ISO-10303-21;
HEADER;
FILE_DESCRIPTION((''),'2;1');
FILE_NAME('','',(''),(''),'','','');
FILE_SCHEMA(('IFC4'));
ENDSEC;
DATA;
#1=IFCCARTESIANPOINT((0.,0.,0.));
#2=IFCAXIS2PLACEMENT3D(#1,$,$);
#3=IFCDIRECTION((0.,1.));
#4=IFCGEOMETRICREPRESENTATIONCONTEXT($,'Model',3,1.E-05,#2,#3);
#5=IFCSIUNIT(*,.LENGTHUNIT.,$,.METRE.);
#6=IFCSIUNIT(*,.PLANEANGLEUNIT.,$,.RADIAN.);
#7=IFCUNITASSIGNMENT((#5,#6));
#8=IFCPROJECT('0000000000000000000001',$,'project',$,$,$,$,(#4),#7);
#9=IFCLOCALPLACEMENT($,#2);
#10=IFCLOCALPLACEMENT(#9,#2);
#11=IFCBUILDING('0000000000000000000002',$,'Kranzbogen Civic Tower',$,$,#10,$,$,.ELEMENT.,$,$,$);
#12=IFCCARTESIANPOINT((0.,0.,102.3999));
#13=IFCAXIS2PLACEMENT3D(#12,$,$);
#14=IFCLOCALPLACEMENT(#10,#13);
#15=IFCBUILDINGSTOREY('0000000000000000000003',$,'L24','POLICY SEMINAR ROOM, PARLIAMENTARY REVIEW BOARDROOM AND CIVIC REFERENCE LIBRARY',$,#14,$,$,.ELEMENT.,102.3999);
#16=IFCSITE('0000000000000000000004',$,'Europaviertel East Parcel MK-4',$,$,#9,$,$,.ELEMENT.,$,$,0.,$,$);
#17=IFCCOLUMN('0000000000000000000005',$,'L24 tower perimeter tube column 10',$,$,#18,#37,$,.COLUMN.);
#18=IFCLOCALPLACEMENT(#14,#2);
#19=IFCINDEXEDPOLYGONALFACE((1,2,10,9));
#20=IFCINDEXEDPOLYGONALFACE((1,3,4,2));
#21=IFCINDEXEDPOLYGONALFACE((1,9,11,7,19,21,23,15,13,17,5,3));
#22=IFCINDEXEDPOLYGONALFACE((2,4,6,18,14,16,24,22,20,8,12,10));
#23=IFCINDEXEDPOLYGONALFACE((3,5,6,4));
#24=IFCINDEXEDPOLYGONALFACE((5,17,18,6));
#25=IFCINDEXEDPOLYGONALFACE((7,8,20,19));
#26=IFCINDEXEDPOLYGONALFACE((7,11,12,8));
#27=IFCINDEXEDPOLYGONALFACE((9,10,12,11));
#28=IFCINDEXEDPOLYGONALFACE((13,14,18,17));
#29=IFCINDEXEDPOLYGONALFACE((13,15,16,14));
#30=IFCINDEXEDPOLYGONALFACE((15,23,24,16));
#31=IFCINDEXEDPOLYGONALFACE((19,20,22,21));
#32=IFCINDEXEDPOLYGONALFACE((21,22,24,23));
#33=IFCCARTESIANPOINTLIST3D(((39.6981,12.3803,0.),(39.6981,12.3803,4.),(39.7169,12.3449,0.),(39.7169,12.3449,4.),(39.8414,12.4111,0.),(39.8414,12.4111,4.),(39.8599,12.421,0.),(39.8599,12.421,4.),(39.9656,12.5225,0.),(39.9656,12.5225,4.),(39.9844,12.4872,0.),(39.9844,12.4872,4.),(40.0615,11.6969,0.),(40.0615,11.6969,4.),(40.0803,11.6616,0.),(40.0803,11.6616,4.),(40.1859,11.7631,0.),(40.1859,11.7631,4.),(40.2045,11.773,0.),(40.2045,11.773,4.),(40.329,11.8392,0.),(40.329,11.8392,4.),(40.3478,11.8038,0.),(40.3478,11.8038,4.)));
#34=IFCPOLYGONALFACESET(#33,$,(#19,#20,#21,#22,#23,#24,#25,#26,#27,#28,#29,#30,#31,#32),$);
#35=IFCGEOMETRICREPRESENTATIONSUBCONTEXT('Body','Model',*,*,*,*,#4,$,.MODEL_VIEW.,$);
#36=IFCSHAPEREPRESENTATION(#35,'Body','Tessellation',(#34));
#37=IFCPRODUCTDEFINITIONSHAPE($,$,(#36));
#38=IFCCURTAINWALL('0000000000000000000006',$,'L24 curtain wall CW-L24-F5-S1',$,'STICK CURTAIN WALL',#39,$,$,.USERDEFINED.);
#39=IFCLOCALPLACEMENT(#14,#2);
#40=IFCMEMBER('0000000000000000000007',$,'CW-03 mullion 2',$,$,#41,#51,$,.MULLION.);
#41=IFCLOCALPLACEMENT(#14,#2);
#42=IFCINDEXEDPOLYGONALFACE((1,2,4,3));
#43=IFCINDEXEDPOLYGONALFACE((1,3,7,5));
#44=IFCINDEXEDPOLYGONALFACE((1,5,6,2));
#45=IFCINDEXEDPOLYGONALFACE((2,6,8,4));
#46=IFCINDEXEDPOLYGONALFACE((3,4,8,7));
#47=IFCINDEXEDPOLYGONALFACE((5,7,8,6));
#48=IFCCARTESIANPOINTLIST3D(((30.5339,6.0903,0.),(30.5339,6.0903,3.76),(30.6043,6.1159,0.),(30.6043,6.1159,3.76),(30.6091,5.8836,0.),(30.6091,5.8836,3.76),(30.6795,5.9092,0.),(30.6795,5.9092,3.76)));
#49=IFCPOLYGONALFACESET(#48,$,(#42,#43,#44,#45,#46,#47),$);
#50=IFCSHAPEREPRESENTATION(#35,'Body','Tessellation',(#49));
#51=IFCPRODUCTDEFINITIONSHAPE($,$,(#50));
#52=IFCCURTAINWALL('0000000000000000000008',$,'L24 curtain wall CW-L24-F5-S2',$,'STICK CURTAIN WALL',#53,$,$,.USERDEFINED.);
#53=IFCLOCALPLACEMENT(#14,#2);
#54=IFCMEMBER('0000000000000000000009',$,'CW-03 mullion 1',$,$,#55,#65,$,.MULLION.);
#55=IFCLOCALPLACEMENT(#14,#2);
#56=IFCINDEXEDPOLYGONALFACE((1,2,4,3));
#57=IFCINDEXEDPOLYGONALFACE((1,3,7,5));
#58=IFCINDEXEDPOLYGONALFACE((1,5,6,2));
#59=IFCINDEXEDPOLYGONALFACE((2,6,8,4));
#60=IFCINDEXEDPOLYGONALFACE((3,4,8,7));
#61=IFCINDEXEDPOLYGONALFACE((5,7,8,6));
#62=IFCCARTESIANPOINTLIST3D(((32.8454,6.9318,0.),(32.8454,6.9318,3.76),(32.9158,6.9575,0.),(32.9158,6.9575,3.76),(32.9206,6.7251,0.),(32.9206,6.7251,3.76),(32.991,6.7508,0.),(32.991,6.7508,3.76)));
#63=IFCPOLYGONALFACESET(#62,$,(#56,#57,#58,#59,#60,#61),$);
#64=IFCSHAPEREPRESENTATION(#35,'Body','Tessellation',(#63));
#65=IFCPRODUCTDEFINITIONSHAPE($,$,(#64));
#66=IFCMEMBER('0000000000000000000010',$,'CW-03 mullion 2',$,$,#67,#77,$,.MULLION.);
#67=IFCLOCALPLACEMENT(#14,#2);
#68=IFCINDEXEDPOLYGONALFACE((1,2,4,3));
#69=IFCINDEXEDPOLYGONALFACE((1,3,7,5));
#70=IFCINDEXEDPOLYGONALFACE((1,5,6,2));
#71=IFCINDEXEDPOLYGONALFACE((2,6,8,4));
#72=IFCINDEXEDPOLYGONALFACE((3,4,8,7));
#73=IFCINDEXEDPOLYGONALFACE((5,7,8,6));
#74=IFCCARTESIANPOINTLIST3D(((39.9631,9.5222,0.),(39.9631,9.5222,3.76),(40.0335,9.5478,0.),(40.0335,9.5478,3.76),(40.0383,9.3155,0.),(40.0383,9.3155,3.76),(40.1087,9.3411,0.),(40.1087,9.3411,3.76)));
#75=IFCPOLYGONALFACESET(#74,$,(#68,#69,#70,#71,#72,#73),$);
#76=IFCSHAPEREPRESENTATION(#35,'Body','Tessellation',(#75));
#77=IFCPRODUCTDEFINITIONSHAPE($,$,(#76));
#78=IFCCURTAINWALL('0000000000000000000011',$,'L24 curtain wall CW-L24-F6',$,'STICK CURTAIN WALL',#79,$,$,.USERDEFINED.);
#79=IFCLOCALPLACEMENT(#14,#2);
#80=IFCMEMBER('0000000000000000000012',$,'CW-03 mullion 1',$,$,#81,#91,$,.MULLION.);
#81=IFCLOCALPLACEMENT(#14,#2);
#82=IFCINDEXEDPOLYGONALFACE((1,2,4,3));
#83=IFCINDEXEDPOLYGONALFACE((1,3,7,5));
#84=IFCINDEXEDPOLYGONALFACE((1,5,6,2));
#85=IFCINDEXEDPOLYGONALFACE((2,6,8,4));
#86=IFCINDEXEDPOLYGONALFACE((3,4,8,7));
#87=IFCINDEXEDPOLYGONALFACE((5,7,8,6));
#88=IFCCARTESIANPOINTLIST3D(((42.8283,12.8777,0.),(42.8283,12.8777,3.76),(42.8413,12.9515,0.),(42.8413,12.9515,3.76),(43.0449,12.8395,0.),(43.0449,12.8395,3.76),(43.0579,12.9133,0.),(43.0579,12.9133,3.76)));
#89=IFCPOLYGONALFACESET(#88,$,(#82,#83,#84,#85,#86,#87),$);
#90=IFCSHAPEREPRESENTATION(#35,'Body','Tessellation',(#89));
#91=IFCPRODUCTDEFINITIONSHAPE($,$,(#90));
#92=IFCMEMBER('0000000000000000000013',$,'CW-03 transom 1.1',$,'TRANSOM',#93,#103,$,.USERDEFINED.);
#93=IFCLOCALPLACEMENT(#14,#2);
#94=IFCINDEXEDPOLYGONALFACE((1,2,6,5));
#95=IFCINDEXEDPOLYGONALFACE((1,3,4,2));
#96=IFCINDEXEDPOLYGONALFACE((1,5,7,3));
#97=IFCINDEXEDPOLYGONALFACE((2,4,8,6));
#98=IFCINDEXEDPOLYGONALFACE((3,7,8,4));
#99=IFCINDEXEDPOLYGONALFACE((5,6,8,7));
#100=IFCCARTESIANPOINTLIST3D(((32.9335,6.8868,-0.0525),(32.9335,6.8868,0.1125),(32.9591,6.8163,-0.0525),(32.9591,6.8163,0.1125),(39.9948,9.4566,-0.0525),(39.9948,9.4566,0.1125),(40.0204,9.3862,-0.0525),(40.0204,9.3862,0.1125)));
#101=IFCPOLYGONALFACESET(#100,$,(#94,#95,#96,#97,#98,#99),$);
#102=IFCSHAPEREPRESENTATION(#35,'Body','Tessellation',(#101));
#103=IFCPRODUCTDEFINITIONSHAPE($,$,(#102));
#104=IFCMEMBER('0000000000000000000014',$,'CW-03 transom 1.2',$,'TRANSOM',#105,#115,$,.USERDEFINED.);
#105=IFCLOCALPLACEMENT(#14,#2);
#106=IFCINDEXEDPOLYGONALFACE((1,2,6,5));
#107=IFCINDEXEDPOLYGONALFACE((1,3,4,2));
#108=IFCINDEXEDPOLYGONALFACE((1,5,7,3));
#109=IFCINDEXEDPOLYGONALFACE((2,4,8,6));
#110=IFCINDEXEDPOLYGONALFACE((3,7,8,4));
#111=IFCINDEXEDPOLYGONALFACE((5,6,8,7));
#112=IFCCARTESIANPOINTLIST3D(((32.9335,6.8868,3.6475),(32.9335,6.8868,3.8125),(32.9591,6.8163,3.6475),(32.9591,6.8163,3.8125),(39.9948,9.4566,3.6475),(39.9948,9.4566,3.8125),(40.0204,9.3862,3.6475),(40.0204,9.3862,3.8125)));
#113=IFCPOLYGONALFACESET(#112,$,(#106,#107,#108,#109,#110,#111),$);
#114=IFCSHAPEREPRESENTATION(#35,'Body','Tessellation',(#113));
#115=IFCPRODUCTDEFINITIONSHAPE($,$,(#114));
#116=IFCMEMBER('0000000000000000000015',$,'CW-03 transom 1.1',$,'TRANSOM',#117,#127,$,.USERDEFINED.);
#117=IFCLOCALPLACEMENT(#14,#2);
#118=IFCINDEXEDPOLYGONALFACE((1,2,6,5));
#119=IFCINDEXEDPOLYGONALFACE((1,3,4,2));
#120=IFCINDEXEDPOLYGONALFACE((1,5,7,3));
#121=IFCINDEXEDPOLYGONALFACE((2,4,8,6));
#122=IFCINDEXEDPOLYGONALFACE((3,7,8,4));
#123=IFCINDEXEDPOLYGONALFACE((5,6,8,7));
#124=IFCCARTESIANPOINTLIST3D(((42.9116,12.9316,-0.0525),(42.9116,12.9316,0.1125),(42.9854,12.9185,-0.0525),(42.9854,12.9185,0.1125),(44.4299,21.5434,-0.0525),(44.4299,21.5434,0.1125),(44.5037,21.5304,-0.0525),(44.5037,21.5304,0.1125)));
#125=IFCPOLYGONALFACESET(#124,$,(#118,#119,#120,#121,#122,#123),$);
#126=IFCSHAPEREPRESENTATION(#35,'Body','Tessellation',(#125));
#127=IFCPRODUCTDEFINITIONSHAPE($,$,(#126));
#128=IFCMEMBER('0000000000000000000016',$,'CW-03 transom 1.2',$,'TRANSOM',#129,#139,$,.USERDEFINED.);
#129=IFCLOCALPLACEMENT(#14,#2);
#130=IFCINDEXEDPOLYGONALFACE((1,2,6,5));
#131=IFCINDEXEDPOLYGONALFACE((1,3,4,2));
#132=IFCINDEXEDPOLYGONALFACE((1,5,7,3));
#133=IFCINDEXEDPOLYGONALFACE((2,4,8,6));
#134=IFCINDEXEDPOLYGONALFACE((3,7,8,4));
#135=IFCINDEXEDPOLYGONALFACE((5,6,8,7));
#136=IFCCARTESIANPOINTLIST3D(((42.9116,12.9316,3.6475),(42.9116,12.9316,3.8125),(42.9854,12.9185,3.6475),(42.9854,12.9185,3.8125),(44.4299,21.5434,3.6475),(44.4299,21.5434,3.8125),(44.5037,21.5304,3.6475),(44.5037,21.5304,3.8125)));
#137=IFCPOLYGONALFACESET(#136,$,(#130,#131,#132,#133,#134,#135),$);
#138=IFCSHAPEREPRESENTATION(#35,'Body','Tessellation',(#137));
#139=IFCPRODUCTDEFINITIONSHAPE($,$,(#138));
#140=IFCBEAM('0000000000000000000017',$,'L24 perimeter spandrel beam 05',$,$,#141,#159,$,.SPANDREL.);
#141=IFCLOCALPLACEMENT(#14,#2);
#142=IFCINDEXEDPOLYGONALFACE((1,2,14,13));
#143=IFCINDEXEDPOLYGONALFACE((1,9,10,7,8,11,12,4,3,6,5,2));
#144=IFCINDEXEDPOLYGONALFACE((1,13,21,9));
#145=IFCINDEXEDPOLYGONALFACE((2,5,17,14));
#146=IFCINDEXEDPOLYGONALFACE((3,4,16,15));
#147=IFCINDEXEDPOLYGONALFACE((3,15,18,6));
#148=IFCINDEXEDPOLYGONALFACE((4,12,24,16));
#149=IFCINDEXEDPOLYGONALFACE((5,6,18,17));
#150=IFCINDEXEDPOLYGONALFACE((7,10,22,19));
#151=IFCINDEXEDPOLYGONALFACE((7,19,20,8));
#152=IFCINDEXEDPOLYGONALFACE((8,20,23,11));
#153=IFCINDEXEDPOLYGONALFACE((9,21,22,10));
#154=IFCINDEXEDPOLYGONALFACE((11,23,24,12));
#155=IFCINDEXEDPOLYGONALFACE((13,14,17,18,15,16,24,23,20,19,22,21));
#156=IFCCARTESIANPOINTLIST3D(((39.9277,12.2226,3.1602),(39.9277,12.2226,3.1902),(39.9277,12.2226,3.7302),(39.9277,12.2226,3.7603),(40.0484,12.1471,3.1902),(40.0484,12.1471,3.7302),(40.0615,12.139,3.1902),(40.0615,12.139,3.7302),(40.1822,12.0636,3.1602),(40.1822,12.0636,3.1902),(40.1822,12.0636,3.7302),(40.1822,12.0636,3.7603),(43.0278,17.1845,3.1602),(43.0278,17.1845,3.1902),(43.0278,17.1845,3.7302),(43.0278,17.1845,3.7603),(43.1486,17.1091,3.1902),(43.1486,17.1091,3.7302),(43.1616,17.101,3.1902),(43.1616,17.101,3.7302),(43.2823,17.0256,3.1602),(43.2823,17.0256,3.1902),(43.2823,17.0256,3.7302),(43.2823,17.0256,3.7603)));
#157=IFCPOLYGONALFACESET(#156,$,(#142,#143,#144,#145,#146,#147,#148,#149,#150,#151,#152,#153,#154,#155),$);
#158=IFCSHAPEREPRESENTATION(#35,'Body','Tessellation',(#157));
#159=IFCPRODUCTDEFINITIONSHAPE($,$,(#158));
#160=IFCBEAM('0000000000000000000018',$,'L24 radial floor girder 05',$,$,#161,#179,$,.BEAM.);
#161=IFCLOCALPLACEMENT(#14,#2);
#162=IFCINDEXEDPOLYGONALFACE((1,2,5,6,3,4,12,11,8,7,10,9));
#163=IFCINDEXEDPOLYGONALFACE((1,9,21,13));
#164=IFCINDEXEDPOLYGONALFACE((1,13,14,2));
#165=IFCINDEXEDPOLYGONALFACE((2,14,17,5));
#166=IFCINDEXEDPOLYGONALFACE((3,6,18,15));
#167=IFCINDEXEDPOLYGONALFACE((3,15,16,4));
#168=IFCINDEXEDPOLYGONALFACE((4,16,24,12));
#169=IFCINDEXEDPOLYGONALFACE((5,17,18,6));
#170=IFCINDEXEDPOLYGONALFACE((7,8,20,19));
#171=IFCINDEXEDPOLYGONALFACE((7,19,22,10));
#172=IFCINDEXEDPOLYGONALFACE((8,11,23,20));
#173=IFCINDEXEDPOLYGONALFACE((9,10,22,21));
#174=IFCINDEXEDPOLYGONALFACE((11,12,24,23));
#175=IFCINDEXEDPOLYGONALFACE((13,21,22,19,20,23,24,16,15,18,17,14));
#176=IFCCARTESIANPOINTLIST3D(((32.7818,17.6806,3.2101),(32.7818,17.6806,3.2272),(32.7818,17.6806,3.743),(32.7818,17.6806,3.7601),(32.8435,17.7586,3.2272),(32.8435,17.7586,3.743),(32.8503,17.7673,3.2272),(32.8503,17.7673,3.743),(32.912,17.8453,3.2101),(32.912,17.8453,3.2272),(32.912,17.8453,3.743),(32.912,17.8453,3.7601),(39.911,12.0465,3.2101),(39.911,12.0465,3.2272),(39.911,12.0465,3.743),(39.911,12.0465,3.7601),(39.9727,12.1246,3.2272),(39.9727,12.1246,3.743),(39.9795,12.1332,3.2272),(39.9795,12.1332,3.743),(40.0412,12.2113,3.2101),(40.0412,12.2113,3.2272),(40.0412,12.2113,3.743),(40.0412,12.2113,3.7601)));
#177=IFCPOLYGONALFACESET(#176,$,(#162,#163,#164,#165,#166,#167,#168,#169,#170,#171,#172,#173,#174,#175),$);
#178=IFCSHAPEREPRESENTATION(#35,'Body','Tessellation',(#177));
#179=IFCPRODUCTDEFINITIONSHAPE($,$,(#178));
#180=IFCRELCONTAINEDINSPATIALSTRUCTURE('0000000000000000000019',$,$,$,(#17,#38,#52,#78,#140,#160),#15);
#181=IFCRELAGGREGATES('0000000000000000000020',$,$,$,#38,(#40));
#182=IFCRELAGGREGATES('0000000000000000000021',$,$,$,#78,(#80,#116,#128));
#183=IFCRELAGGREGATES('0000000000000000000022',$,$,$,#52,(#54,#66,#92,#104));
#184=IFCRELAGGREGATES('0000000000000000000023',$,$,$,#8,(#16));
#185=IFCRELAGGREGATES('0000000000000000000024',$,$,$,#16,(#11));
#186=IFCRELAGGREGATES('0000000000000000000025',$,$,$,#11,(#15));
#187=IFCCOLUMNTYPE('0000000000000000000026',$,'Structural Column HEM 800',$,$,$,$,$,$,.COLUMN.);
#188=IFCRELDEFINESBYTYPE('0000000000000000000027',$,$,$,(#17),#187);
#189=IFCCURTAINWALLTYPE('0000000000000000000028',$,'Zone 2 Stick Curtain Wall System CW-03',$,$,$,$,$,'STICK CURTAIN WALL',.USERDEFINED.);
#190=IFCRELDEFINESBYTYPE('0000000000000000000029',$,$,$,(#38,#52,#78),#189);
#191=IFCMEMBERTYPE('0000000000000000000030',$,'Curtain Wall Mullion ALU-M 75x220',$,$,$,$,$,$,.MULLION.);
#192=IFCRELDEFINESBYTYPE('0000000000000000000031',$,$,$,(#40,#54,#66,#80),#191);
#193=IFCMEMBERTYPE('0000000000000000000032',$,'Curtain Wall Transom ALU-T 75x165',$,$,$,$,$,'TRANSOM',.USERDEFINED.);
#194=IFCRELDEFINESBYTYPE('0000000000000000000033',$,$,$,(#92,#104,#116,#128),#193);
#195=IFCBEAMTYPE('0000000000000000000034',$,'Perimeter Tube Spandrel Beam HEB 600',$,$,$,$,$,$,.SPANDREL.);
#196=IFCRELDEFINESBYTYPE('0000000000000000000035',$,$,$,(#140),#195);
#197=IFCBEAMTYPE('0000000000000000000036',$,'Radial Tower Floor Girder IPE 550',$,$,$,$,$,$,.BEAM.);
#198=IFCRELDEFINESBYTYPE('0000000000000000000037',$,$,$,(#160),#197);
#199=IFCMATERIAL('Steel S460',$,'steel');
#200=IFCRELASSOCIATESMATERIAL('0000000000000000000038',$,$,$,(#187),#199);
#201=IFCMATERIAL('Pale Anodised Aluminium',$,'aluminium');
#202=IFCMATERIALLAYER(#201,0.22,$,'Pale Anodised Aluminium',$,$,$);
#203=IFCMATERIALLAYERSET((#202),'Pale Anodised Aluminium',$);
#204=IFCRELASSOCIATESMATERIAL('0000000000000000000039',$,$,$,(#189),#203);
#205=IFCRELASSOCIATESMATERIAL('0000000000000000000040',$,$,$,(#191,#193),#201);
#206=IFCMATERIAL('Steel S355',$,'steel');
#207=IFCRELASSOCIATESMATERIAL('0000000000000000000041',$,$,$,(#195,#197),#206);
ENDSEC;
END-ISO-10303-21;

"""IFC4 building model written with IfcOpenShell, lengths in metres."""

from ifc_helpers import new_model, si_unit, direction, frame, origin, origin_2d, place, context, subcontext, project, spatial, rectangle, i_section, extrude, material, layer, layer_set, material_profile, profile_set, type_object, element, aggregate, save


model = new_model("IFC4")

# Units and contexts
model_context = context("Model", 3, precision=1e-05, world=origin(), true_north=direction((0.0, 1.0)))
body_context = subcontext(model_context, "Body", "Model", "MODEL_VIEW")
ifc_project = project(units=[si_unit("LENGTHUNIT", "METRE"), si_unit("PLANEANGLEUNIT", "RADIAN")], contexts=[model_context])

# Site, building, storey
site_placement = place(None, origin())
site = spatial("IfcSite", under=ifc_project, at=site_placement, Name="Europaviertel East Parcel MK-4", CompositionType="ELEMENT", RefElevation=0.0)
building_placement = place(site_placement, origin())
building = spatial("IfcBuilding", under=site, at=building_placement, Name="Kranzbogen Civic Tower", CompositionType="ELEMENT")
storey_placement = place(building_placement, frame((0.0, 0.0, 102.3999)))
storey = spatial("IfcBuildingStorey", under=building, at=storey_placement, Name="L24", Description="POLICY SEMINAR ROOM, PARLIAMENTARY REVIEW BOARDROOM AND CIVIC REFERENCE LIBRARY", CompositionType="ELEMENT", Elevation=102.3999)

# Column
ifc_material_1 = material(Name="Steel S460", Category="steel")
ifc_material_profile_1 = material_profile(ifc_material_1, i_section(OverallWidth=0.303, OverallDepth=0.814, WebThickness=0.021, FlangeThickness=0.04, at=origin_2d()), Name="HEM 800")
ifc_profile_set_1 = profile_set([ifc_material_profile_1], Name="Steel S460")
column_type = type_object("IfcColumnType", Name="Structural Column HEM 800", PredefinedType="COLUMN", material=ifc_profile_set_1)
column_placement = place(storey_placement, frame((40.0229, 12.092, 0.0), z_axis=(0.0, 0.0, 1.0), x_axis=(0.882948, 0.469472, 0.0)))
element("IfcColumn", 1, at=column_placement, inside=storey, type_object=column_type, Name="L24 tower perimeter tube column 10", PredefinedType="COLUMN", context=body_context, shape_type="SweptSolid", body=[
    extrude(i_section(OverallWidth=0.303, OverallDepth=0.814, WebThickness=0.021, FlangeThickness=0.04, at=origin_2d()), origin(), (0.0, 0.0, 1.0), 4.0),
])

# Curtain wall, member
ifc_material_2 = material(Name="Pale Anodised Aluminium", Category="aluminium")
ifc_layer_1 = layer(ifc_material_2, 0.22, Name="Pale Anodised Aluminium")
ifc_layer_set_1 = layer_set([ifc_layer_1], Name="Pale Anodised Aluminium")
curtain_wall_type = type_object("IfcCurtainWallType", Name="Zone 2 Stick Curtain Wall System CW-03", ElementType="STICK CURTAIN WALL", PredefinedType="USERDEFINED", material=ifc_layer_set_1)
curtain_wall_1_placement = place(storey_placement, origin())
curtain_wall_1 = element("IfcCurtainWall", 2, at=curtain_wall_1_placement, inside=storey, type_object=curtain_wall_type, Name="L24 curtain wall CW-L24-F5-S1", ObjectType="STICK CURTAIN WALL", PredefinedType="USERDEFINED")
ifc_material_profile_2 = material_profile(ifc_material_2, rectangle(XDim=0.075, YDim=0.22, at=origin_2d()), Name="ALU-M 75x220")
ifc_profile_set_2 = profile_set([ifc_material_profile_2], Name="Pale Anodised Aluminium")
member_type_1 = type_object("IfcMemberType", Name="Curtain Wall Mullion ALU-M 75x220", PredefinedType="MULLION", material=ifc_profile_set_2)
member_1_placement = place(storey_placement, frame((30.6067, 5.9998, 0.0), z_axis=(0.0, 0.0, 1.0), x_axis=(0.939698, 0.342006, 0.0)))
member_1 = element("IfcMember", 3, at=member_1_placement, type_object=member_type_1, Name="CW-03 mullion 2", PredefinedType="MULLION", context=body_context, shape_type="SweptSolid", body=[
    extrude(rectangle(XDim=0.075, YDim=0.22, at=origin_2d()), origin(), (0.0, 0.0, 1.0), 3.76),
])
aggregate(curtain_wall_1, [member_1])

# Curtain wall, members
curtain_wall_2_placement = place(storey_placement, origin())
curtain_wall_2 = element("IfcCurtainWall", 4, at=curtain_wall_2_placement, inside=storey, type_object=curtain_wall_type, Name="L24 curtain wall CW-L24-F5-S2", ObjectType="STICK CURTAIN WALL", PredefinedType="USERDEFINED")
member_2_placement = place(storey_placement, frame((32.9182, 6.8413, 0.0), z_axis=(0.0, 0.0, 1.0), x_axis=(0.939698, 0.342006, 0.0)))
member_2 = element("IfcMember", 5, at=member_2_placement, type_object=member_type_1, Name="CW-03 mullion 1", PredefinedType="MULLION", context=body_context, shape_type="SweptSolid", body=[
    extrude(rectangle(XDim=0.075, YDim=0.22, at=origin_2d()), origin(), (0.0, 0.0, 1.0), 3.76),
])
member_3_placement = place(storey_placement, frame((40.0359, 9.4316, 0.0), z_axis=(0.0, 0.0, 1.0), x_axis=(0.939698, 0.342006, 0.0)))
member_3 = element("IfcMember", 6, at=member_3_placement, type_object=member_type_1, Name="CW-03 mullion 2", PredefinedType="MULLION", context=body_context, shape_type="SweptSolid", body=[
    extrude(rectangle(XDim=0.075, YDim=0.22, at=origin_2d()), origin(), (0.0, 0.0, 1.0), 3.76),
])

# Curtain wall, member
curtain_wall_3_placement = place(storey_placement, origin())
curtain_wall_3 = element("IfcCurtainWall", 7, at=curtain_wall_3_placement, inside=storey, type_object=curtain_wall_type, Name="L24 curtain wall CW-L24-F6", ObjectType="STICK CURTAIN WALL", PredefinedType="USERDEFINED")
member_4_placement = place(storey_placement, frame((42.9431, 12.8955, 0.0), z_axis=(0.0, 0.0, 1.0), x_axis=(0.173634, 0.98481, 0.0)))
member_4 = element("IfcMember", 8, at=member_4_placement, type_object=member_type_1, Name="CW-03 mullion 1", PredefinedType="MULLION", context=body_context, shape_type="SweptSolid", body=[
    extrude(rectangle(XDim=0.075, YDim=0.22, at=origin_2d()), origin(), (0.0, 0.0, 1.0), 3.76),
])

# Members
ifc_material_profile_3 = material_profile(ifc_material_2, rectangle(XDim=0.075, YDim=0.165, at=origin_2d()), Name="ALU-T 75x165")
ifc_profile_set_3 = profile_set([ifc_material_profile_3], Name="Pale Anodised Aluminium")
member_type_2 = type_object("IfcMemberType", Name="Curtain Wall Transom ALU-T 75x165", ElementType="TRANSOM", PredefinedType="USERDEFINED", material=ifc_profile_set_3)
member_5_placement = place(storey_placement, frame((32.9463, 6.8516, 0.03), z_axis=(0.939704, 0.341988, 0.0), x_axis=(-0.341988, 0.939704, 0.0)))
member_5 = element("IfcMember", 9, at=member_5_placement, type_object=member_type_2, Name="CW-03 transom 1.1", ObjectType="TRANSOM", PredefinedType="USERDEFINED", context=body_context, shape_type="SweptSolid", body=[
    extrude(rectangle(XDim=0.075, YDim=0.165, at=origin_2d()), origin(), (0.0, 0.0, 1.0), 7.5144),
])
member_6_placement = place(storey_placement, frame((32.9463, 6.8516, 3.73), z_axis=(0.939704, 0.341988, 0.0), x_axis=(-0.341988, 0.939704, 0.0)))
member_6 = element("IfcMember", 10, at=member_6_placement, type_object=member_type_2, Name="CW-03 transom 1.2", ObjectType="TRANSOM", PredefinedType="USERDEFINED", context=body_context, shape_type="SweptSolid", body=[
    extrude(rectangle(XDim=0.075, YDim=0.165, at=origin_2d()), origin(), (0.0, 0.0, 1.0), 7.5144),
])
member_7_placement = place(storey_placement, frame((42.9485, 12.925, 0.03), z_axis=(0.173628, 0.984811, 0.0), x_axis=(-0.984811, 0.173628, 0.0)))
member_7 = element("IfcMember", 11, at=member_7_placement, type_object=member_type_2, Name="CW-03 transom 1.1", ObjectType="TRANSOM", PredefinedType="USERDEFINED", context=body_context, shape_type="SweptSolid", body=[
    extrude(rectangle(XDim=0.075, YDim=0.165, at=origin_2d()), origin(), (0.0, 0.0, 1.0), 8.7446),
])
member_8_placement = place(storey_placement, frame((42.9485, 12.925, 3.73), z_axis=(0.173628, 0.984811, 0.0), x_axis=(-0.984811, 0.173628, 0.0)))
member_8 = element("IfcMember", 12, at=member_8_placement, type_object=member_type_2, Name="CW-03 transom 1.2", ObjectType="TRANSOM", PredefinedType="USERDEFINED", context=body_context, shape_type="SweptSolid", body=[
    extrude(rectangle(XDim=0.075, YDim=0.165, at=origin_2d()), origin(), (0.0, 0.0, 1.0), 8.7446),
])
aggregate(curtain_wall_3, [member_4, member_7, member_8])

# Beams
ifc_material_3 = material(Name="Steel S355", Category="steel")
ifc_material_profile_4 = material_profile(ifc_material_3, i_section(OverallWidth=0.3, OverallDepth=0.6001, WebThickness=0.0154, FlangeThickness=0.03, at=origin_2d()), Name="HEB 600")
ifc_profile_set_4 = profile_set([ifc_material_profile_4], Name="Steel S355")
beam_type_1 = type_object("IfcBeamType", Name="Perimeter Tube Spandrel Beam HEB 600", PredefinedType="SPANDREL", material=ifc_profile_set_4)
beam_1_placement = place(storey_placement, frame((40.0549, 12.1431, 3.4602), z_axis=(0.529864, 0.848083, 0.0), x_axis=(-0.848083, 0.529864, 0.0)))
element("IfcBeam", 13, at=beam_1_placement, inside=storey, type_object=beam_type_1, Name="L24 perimeter spandrel beam 05", PredefinedType="SPANDREL", context=body_context, shape_type="SweptSolid", body=[
    extrude(i_section(OverallWidth=0.3, OverallDepth=0.6001, WebThickness=0.0154, FlangeThickness=0.03, at=origin_2d()), origin(), (0.0, 0.0, 1.0), 5.8508),
])
ifc_material_profile_5 = material_profile(ifc_material_3, i_section(OverallWidth=0.21, OverallDepth=0.55, WebThickness=0.011, FlangeThickness=0.0171, at=origin_2d()), Name="IPE 550")
ifc_profile_set_5 = profile_set([ifc_material_profile_5], Name="Steel S355")
beam_type_2 = type_object("IfcBeamType", Name="Radial Tower Floor Girder IPE 550", PredefinedType="BEAM", material=ifc_profile_set_5)
beam_2_placement = place(storey_placement, frame((39.9761, 12.1289, 3.4851), z_axis=(-0.784575, 0.620034, 0.0), x_axis=(-0.620034, -0.784575, 0.0)))
element("IfcBeam", 14, at=beam_2_placement, inside=storey, type_object=beam_type_2, Name="L24 radial floor girder 05", PredefinedType="BEAM", context=body_context, shape_type="SweptSolid", body=[
    extrude(i_section(OverallWidth=0.21, OverallDepth=0.55, WebThickness=0.011, FlangeThickness=0.0171, at=origin_2d()), origin(), (0.0, 0.0, 1.0), 9.0867),
])

aggregate(curtain_wall_2, [member_2, member_3, member_5, member_6])

save(model, "model.ifc")
